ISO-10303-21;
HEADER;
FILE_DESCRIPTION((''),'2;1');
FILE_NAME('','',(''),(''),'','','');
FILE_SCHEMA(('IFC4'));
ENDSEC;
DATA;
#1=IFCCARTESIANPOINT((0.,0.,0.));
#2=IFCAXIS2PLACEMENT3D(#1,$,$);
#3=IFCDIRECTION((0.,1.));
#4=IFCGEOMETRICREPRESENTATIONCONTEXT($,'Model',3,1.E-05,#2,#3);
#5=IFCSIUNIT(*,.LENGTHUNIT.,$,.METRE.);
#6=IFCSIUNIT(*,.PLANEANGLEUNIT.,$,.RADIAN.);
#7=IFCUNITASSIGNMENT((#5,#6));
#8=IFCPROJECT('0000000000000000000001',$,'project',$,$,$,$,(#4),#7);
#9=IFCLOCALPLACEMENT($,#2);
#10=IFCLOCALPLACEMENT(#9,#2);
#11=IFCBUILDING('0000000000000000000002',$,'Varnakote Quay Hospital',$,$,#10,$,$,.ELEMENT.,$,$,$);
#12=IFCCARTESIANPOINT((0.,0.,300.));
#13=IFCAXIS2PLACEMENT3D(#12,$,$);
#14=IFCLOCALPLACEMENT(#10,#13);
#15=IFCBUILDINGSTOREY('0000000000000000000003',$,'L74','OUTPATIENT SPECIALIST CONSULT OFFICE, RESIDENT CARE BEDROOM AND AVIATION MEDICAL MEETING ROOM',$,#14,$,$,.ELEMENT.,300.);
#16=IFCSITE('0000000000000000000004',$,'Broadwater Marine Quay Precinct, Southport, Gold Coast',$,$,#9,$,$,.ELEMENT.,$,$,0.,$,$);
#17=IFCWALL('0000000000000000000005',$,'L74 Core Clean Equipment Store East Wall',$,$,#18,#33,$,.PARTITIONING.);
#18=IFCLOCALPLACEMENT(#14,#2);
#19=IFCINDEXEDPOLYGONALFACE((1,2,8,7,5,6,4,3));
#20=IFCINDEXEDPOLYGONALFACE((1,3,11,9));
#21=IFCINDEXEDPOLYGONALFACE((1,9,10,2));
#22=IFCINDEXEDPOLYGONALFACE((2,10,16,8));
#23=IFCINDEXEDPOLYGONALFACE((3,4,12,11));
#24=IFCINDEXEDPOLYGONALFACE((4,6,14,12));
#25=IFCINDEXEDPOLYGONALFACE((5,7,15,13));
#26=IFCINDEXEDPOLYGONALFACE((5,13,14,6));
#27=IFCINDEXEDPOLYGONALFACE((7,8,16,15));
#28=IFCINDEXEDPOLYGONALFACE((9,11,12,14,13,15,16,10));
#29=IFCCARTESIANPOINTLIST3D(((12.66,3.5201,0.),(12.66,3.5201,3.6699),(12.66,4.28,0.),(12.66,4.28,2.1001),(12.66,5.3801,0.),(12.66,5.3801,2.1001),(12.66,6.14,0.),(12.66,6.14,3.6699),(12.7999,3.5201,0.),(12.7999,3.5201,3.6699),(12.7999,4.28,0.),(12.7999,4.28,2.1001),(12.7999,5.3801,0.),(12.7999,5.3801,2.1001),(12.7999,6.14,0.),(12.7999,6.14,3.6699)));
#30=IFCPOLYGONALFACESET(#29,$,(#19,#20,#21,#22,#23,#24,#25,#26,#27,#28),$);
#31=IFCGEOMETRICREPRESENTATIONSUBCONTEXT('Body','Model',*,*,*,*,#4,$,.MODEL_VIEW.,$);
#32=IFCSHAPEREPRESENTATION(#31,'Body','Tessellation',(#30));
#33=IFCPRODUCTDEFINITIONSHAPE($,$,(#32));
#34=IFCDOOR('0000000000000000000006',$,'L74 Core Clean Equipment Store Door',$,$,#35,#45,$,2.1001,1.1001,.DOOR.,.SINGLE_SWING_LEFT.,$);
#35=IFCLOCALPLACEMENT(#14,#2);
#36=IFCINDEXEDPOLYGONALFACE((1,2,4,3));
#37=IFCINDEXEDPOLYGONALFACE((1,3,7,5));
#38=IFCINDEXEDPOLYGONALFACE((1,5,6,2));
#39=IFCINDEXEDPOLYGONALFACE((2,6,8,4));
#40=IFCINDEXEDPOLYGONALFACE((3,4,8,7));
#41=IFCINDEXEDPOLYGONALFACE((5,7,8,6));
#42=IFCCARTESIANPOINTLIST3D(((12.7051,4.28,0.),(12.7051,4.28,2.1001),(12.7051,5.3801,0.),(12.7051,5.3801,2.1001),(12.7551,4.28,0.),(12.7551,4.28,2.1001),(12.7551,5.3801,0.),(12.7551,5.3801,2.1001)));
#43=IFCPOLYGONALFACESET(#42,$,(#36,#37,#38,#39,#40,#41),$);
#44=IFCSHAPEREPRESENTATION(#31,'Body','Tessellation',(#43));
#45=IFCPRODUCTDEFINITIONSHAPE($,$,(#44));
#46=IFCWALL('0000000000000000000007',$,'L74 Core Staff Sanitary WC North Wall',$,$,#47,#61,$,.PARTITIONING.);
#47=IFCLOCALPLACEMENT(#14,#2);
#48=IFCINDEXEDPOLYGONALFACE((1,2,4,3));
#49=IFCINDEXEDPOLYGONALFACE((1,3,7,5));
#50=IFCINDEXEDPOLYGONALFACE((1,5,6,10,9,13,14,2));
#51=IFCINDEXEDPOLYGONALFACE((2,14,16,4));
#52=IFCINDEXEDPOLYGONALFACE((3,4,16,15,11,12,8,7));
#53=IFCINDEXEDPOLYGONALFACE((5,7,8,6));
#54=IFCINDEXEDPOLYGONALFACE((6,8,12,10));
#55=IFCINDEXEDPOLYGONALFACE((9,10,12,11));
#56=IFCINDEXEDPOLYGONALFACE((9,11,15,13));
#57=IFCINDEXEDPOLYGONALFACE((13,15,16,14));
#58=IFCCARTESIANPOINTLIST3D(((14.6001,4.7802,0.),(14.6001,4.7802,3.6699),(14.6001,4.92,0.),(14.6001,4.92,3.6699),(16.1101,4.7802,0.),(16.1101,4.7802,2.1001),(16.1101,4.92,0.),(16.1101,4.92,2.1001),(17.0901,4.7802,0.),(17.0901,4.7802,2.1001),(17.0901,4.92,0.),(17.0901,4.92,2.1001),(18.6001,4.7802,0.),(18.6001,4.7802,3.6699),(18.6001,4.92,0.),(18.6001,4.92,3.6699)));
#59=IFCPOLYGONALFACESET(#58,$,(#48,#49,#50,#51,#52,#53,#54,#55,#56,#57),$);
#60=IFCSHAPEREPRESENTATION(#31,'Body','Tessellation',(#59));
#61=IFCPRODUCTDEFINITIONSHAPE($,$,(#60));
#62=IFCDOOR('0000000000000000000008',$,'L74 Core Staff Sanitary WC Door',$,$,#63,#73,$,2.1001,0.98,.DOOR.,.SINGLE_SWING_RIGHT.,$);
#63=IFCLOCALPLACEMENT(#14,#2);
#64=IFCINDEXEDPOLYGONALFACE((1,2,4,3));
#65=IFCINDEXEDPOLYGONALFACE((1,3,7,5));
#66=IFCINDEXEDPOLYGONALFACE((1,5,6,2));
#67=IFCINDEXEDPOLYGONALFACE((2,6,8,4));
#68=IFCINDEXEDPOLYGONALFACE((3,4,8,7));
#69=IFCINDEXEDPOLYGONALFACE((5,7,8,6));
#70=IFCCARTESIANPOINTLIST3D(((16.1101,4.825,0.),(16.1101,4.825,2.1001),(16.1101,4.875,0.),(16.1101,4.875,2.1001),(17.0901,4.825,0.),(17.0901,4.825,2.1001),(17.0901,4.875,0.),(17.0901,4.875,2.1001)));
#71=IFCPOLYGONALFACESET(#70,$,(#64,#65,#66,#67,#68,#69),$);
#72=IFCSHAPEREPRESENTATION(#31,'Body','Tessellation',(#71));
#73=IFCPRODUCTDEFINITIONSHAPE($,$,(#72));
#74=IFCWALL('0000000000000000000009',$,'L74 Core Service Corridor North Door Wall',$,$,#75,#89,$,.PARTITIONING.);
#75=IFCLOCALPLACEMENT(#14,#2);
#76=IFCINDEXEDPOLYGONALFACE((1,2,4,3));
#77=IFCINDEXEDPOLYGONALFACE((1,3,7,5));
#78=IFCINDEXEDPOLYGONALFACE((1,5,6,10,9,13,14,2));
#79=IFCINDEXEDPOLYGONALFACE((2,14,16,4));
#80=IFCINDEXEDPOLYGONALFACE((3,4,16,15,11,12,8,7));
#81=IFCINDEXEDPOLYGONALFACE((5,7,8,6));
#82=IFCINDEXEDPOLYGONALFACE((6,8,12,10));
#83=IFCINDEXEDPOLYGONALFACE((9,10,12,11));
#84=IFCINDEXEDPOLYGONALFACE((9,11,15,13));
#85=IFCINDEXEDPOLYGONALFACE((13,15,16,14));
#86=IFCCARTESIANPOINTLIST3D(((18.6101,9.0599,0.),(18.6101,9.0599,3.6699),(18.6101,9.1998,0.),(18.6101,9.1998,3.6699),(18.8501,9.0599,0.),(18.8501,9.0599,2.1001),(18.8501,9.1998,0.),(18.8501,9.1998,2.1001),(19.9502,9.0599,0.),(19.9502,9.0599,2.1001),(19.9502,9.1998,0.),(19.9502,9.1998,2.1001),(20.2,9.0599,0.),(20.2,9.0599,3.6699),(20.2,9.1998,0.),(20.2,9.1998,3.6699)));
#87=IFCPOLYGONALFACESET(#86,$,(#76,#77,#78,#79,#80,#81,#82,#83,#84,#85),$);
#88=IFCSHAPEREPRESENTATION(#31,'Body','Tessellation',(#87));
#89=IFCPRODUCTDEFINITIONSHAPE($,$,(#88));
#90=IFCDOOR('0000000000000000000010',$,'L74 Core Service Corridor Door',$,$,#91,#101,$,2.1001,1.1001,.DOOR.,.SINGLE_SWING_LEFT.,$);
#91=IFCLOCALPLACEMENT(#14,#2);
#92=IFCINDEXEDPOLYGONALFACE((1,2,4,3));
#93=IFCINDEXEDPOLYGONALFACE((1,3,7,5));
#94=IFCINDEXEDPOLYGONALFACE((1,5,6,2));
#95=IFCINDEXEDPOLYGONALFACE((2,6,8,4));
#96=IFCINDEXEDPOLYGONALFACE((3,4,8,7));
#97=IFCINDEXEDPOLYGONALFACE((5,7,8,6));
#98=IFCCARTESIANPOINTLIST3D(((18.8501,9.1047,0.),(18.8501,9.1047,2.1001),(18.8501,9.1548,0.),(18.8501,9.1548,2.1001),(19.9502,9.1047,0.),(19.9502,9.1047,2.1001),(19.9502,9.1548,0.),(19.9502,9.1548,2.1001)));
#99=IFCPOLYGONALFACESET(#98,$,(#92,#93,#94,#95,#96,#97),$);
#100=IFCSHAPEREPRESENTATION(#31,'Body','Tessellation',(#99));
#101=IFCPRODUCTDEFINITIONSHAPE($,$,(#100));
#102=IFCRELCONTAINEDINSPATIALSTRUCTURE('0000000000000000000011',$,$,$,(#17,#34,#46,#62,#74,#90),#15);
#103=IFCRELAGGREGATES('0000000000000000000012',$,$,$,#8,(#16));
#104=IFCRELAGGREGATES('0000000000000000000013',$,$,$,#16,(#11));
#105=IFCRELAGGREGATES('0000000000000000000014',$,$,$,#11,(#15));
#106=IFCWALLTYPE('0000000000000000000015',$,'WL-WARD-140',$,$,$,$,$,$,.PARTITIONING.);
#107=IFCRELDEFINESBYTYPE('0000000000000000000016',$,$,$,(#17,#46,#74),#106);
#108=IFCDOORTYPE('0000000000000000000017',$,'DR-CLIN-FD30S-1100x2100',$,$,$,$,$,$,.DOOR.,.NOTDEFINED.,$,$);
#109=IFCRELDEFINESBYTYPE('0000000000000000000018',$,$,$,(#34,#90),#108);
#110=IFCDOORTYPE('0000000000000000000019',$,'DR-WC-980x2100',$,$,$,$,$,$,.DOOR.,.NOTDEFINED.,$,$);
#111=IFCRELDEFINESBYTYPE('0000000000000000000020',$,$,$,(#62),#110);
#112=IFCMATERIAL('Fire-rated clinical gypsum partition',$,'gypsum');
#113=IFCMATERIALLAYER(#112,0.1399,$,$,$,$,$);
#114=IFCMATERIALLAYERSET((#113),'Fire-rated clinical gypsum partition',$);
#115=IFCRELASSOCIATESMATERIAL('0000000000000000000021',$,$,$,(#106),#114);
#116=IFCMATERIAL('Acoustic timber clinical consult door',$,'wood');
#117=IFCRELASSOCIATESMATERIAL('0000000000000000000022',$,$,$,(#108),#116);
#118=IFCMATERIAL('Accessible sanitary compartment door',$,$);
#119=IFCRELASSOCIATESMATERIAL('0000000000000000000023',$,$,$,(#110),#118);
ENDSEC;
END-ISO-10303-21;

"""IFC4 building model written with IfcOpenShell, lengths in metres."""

from ifc_helpers import new_model, si_unit, direction, frame, frame_2d, origin, place, context, subcontext, project, spatial, rectangle, extrude, material, layer, layer_set, type_object, element, fill, save


model = new_model("IFC4")

# Units and contexts
model_context = context("Model", 3, precision=1e-05, world=origin(), true_north=direction((0.0, 1.0)))
body_context = subcontext(model_context, "Body", "Model", "MODEL_VIEW")
ifc_project = project(units=[si_unit("LENGTHUNIT", "METRE"), si_unit("PLANEANGLEUNIT", "RADIAN")], contexts=[model_context])

# Site, building, storey
site_placement = place(None, origin())
site = spatial("IfcSite", under=ifc_project, at=site_placement, Name="Broadwater Marine Quay Precinct, Southport, Gold Coast", CompositionType="ELEMENT", RefElevation=0.0)
building_placement = place(site_placement, origin())
building = spatial("IfcBuilding", under=site, at=building_placement, Name="Varnakote Quay Hospital", CompositionType="ELEMENT")
storey_placement = place(building_placement, frame((0.0, 0.0, 300.0)))
storey = spatial("IfcBuildingStorey", under=building, at=storey_placement, Name="L74", Description="OUTPATIENT SPECIALIST CONSULT OFFICE, RESIDENT CARE BEDROOM AND AVIATION MEDICAL MEETING ROOM", CompositionType="ELEMENT", Elevation=300.0)

# Walls, openings, doors
ifc_material_1 = material(Name="Fire-rated clinical gypsum partition", Category="gypsum")
ifc_layer_1 = layer(ifc_material_1, 0.1399)
ifc_layer_set_1 = layer_set([ifc_layer_1], Name="Fire-rated clinical gypsum partition")
wall_type_1 = type_object("IfcWallType", Name="WL-WARD-140", PredefinedType="PARTITIONING", material=ifc_layer_set_1)
wall_1_placement = place(storey_placement, frame((12.73, 3.52, 0.0), z_axis=(0.0, 0.0, 1.0), x_axis=(0.0, 1.0, 0.0)))
wall_1 = element("IfcWall", 1, at=wall_1_placement, inside=storey, type_object=wall_type_1, Name="L74 Core Clean Equipment Store East Wall", PredefinedType="PARTITIONING", context=body_context, shape_type="SweptSolid", body=[
    extrude(rectangle(XDim=2.6199, YDim=0.1399, at=frame_2d((1.3101, 0.0))), origin(), (0.0, 0.0, 1.0), 3.6699),
])
opening_1_placement = place(wall_1_placement, frame((0.76, 0.0, 0.0)))
opening_1 = element("IfcOpeningElement", 2, at=opening_1_placement, cuts=wall_1, PredefinedType="OPENING", context=body_context, shape_type="SweptSolid", body=[
    extrude(rectangle(XDim=1.1001, YDim=2.1001, at=frame_2d((0.55, 1.05))), frame((0.0, 0.0798, 0.0), z_axis=(0.0, -1.0, 0.0), x_axis=(1.0, 0.0, 0.0)), (0.0, 0.0, 1.0), 0.1599),
])
ifc_material_2 = material(Name="Acoustic timber clinical consult door", Category="wood")
door_type_1 = type_object("IfcDoorType", Name="DR-CLIN-FD30S-1100x2100", OperationType="NOTDEFINED", PredefinedType="DOOR", material=ifc_material_2)
door_1_placement = place(opening_1_placement, origin())
door_1 = element("IfcDoor", 3, at=door_1_placement, inside=storey, type_object=door_type_1, Name="L74 Core Clean Equipment Store Door", OperationType="SINGLE_SWING_LEFT", OverallHeight=2.1001, OverallWidth=1.1001, PredefinedType="DOOR", context=body_context, shape_type="SweptSolid", body=[
    extrude(rectangle(XDim=1.1001, YDim=2.1001, at=frame_2d((0.55, 1.05))), frame((0.0, 0.0249, 0.0), z_axis=(0.0, -1.0, 0.0), x_axis=(1.0, 0.0, 0.0)), (0.0, 0.0, 1.0), 0.05),
])
fill(opening_1, door_1)
wall_2_placement = place(storey_placement, frame((14.6001, 4.8501, 0.0), z_axis=(0.0, 0.0, 1.0), x_axis=(1.0, 0.0, 0.0)))
wall_2 = element("IfcWall", 4, at=wall_2_placement, inside=storey, type_object=wall_type_1, Name="L74 Core Staff Sanitary WC North Wall", PredefinedType="PARTITIONING", context=body_context, shape_type="SweptSolid", body=[
    extrude(rectangle(XDim=4.0, YDim=0.1399, at=frame_2d((2.0, 0.0))), origin(), (0.0, 0.0, 1.0), 3.6699),
])
opening_2_placement = place(wall_2_placement, frame((1.51, 0.0, 0.0)))
opening_2 = element("IfcOpeningElement", 5, at=opening_2_placement, cuts=wall_2, PredefinedType="OPENING", context=body_context, shape_type="SweptSolid", body=[
    extrude(rectangle(XDim=0.98, YDim=2.1001, at=frame_2d((0.49, 1.05))), frame((0.0, 0.0798, 0.0), z_axis=(0.0, -1.0, 0.0), x_axis=(1.0, 0.0, 0.0)), (0.0, 0.0, 1.0), 0.1599),
])
ifc_material_3 = material(Name="Accessible sanitary compartment door")
door_type_2 = type_object("IfcDoorType", Name="DR-WC-980x2100", OperationType="NOTDEFINED", PredefinedType="DOOR", material=ifc_material_3)
door_2_placement = place(opening_2_placement, origin())
door_2 = element("IfcDoor", 6, at=door_2_placement, inside=storey, type_object=door_type_2, Name="L74 Core Staff Sanitary WC Door", OperationType="SINGLE_SWING_RIGHT", OverallHeight=2.1001, OverallWidth=0.98, PredefinedType="DOOR", context=body_context, shape_type="SweptSolid", body=[
    extrude(rectangle(XDim=0.98, YDim=2.1001, at=frame_2d((0.49, 1.05))), frame((0.0, 0.0249, 0.0), z_axis=(0.0, -1.0, 0.0), x_axis=(1.0, 0.0, 0.0)), (0.0, 0.0, 1.0), 0.05),
])
fill(opening_2, door_2)
wall_3_placement = place(storey_placement, frame((18.6101, 9.1299, 0.0), z_axis=(0.0, 0.0, 1.0), x_axis=(1.0, 0.0, 0.0)))
wall_3 = element("IfcWall", 7, at=wall_3_placement, inside=storey, type_object=wall_type_1, Name="L74 Core Service Corridor North Door Wall", PredefinedType="PARTITIONING", context=body_context, shape_type="SweptSolid", body=[
    extrude(rectangle(XDim=1.5898, YDim=0.1399, at=frame_2d((0.7949, 0.0))), origin(), (0.0, 0.0, 1.0), 3.6699),
])
opening_3_placement = place(wall_3_placement, frame((0.24, 0.0, 0.0)))
opening_3 = element("IfcOpeningElement", 8, at=opening_3_placement, cuts=wall_3, PredefinedType="OPENING", context=body_context, shape_type="SweptSolid", body=[
    extrude(rectangle(XDim=1.1001, YDim=2.1001, at=frame_2d((0.55, 1.05))), frame((0.0, 0.0798, 0.0), z_axis=(0.0, -1.0, 0.0), x_axis=(1.0, 0.0, 0.0)), (0.0, 0.0, 1.0), 0.1599),
])
door_3_placement = place(opening_3_placement, origin())
door_3 = element("IfcDoor", 9, at=door_3_placement, inside=storey, type_object=door_type_1, Name="L74 Core Service Corridor Door", OperationType="SINGLE_SWING_LEFT", OverallHeight=2.1001, OverallWidth=1.1001, PredefinedType="DOOR", context=body_context, shape_type="SweptSolid", body=[
    extrude(rectangle(XDim=1.1001, YDim=2.1001, at=frame_2d((0.55, 1.05))), frame((0.0, 0.0249, 0.0), z_axis=(0.0, -1.0, 0.0), x_axis=(1.0, 0.0, 0.0)), (0.0, 0.0, 1.0), 0.05),
])
fill(opening_3, door_3)

save(model, "model.ifc")
